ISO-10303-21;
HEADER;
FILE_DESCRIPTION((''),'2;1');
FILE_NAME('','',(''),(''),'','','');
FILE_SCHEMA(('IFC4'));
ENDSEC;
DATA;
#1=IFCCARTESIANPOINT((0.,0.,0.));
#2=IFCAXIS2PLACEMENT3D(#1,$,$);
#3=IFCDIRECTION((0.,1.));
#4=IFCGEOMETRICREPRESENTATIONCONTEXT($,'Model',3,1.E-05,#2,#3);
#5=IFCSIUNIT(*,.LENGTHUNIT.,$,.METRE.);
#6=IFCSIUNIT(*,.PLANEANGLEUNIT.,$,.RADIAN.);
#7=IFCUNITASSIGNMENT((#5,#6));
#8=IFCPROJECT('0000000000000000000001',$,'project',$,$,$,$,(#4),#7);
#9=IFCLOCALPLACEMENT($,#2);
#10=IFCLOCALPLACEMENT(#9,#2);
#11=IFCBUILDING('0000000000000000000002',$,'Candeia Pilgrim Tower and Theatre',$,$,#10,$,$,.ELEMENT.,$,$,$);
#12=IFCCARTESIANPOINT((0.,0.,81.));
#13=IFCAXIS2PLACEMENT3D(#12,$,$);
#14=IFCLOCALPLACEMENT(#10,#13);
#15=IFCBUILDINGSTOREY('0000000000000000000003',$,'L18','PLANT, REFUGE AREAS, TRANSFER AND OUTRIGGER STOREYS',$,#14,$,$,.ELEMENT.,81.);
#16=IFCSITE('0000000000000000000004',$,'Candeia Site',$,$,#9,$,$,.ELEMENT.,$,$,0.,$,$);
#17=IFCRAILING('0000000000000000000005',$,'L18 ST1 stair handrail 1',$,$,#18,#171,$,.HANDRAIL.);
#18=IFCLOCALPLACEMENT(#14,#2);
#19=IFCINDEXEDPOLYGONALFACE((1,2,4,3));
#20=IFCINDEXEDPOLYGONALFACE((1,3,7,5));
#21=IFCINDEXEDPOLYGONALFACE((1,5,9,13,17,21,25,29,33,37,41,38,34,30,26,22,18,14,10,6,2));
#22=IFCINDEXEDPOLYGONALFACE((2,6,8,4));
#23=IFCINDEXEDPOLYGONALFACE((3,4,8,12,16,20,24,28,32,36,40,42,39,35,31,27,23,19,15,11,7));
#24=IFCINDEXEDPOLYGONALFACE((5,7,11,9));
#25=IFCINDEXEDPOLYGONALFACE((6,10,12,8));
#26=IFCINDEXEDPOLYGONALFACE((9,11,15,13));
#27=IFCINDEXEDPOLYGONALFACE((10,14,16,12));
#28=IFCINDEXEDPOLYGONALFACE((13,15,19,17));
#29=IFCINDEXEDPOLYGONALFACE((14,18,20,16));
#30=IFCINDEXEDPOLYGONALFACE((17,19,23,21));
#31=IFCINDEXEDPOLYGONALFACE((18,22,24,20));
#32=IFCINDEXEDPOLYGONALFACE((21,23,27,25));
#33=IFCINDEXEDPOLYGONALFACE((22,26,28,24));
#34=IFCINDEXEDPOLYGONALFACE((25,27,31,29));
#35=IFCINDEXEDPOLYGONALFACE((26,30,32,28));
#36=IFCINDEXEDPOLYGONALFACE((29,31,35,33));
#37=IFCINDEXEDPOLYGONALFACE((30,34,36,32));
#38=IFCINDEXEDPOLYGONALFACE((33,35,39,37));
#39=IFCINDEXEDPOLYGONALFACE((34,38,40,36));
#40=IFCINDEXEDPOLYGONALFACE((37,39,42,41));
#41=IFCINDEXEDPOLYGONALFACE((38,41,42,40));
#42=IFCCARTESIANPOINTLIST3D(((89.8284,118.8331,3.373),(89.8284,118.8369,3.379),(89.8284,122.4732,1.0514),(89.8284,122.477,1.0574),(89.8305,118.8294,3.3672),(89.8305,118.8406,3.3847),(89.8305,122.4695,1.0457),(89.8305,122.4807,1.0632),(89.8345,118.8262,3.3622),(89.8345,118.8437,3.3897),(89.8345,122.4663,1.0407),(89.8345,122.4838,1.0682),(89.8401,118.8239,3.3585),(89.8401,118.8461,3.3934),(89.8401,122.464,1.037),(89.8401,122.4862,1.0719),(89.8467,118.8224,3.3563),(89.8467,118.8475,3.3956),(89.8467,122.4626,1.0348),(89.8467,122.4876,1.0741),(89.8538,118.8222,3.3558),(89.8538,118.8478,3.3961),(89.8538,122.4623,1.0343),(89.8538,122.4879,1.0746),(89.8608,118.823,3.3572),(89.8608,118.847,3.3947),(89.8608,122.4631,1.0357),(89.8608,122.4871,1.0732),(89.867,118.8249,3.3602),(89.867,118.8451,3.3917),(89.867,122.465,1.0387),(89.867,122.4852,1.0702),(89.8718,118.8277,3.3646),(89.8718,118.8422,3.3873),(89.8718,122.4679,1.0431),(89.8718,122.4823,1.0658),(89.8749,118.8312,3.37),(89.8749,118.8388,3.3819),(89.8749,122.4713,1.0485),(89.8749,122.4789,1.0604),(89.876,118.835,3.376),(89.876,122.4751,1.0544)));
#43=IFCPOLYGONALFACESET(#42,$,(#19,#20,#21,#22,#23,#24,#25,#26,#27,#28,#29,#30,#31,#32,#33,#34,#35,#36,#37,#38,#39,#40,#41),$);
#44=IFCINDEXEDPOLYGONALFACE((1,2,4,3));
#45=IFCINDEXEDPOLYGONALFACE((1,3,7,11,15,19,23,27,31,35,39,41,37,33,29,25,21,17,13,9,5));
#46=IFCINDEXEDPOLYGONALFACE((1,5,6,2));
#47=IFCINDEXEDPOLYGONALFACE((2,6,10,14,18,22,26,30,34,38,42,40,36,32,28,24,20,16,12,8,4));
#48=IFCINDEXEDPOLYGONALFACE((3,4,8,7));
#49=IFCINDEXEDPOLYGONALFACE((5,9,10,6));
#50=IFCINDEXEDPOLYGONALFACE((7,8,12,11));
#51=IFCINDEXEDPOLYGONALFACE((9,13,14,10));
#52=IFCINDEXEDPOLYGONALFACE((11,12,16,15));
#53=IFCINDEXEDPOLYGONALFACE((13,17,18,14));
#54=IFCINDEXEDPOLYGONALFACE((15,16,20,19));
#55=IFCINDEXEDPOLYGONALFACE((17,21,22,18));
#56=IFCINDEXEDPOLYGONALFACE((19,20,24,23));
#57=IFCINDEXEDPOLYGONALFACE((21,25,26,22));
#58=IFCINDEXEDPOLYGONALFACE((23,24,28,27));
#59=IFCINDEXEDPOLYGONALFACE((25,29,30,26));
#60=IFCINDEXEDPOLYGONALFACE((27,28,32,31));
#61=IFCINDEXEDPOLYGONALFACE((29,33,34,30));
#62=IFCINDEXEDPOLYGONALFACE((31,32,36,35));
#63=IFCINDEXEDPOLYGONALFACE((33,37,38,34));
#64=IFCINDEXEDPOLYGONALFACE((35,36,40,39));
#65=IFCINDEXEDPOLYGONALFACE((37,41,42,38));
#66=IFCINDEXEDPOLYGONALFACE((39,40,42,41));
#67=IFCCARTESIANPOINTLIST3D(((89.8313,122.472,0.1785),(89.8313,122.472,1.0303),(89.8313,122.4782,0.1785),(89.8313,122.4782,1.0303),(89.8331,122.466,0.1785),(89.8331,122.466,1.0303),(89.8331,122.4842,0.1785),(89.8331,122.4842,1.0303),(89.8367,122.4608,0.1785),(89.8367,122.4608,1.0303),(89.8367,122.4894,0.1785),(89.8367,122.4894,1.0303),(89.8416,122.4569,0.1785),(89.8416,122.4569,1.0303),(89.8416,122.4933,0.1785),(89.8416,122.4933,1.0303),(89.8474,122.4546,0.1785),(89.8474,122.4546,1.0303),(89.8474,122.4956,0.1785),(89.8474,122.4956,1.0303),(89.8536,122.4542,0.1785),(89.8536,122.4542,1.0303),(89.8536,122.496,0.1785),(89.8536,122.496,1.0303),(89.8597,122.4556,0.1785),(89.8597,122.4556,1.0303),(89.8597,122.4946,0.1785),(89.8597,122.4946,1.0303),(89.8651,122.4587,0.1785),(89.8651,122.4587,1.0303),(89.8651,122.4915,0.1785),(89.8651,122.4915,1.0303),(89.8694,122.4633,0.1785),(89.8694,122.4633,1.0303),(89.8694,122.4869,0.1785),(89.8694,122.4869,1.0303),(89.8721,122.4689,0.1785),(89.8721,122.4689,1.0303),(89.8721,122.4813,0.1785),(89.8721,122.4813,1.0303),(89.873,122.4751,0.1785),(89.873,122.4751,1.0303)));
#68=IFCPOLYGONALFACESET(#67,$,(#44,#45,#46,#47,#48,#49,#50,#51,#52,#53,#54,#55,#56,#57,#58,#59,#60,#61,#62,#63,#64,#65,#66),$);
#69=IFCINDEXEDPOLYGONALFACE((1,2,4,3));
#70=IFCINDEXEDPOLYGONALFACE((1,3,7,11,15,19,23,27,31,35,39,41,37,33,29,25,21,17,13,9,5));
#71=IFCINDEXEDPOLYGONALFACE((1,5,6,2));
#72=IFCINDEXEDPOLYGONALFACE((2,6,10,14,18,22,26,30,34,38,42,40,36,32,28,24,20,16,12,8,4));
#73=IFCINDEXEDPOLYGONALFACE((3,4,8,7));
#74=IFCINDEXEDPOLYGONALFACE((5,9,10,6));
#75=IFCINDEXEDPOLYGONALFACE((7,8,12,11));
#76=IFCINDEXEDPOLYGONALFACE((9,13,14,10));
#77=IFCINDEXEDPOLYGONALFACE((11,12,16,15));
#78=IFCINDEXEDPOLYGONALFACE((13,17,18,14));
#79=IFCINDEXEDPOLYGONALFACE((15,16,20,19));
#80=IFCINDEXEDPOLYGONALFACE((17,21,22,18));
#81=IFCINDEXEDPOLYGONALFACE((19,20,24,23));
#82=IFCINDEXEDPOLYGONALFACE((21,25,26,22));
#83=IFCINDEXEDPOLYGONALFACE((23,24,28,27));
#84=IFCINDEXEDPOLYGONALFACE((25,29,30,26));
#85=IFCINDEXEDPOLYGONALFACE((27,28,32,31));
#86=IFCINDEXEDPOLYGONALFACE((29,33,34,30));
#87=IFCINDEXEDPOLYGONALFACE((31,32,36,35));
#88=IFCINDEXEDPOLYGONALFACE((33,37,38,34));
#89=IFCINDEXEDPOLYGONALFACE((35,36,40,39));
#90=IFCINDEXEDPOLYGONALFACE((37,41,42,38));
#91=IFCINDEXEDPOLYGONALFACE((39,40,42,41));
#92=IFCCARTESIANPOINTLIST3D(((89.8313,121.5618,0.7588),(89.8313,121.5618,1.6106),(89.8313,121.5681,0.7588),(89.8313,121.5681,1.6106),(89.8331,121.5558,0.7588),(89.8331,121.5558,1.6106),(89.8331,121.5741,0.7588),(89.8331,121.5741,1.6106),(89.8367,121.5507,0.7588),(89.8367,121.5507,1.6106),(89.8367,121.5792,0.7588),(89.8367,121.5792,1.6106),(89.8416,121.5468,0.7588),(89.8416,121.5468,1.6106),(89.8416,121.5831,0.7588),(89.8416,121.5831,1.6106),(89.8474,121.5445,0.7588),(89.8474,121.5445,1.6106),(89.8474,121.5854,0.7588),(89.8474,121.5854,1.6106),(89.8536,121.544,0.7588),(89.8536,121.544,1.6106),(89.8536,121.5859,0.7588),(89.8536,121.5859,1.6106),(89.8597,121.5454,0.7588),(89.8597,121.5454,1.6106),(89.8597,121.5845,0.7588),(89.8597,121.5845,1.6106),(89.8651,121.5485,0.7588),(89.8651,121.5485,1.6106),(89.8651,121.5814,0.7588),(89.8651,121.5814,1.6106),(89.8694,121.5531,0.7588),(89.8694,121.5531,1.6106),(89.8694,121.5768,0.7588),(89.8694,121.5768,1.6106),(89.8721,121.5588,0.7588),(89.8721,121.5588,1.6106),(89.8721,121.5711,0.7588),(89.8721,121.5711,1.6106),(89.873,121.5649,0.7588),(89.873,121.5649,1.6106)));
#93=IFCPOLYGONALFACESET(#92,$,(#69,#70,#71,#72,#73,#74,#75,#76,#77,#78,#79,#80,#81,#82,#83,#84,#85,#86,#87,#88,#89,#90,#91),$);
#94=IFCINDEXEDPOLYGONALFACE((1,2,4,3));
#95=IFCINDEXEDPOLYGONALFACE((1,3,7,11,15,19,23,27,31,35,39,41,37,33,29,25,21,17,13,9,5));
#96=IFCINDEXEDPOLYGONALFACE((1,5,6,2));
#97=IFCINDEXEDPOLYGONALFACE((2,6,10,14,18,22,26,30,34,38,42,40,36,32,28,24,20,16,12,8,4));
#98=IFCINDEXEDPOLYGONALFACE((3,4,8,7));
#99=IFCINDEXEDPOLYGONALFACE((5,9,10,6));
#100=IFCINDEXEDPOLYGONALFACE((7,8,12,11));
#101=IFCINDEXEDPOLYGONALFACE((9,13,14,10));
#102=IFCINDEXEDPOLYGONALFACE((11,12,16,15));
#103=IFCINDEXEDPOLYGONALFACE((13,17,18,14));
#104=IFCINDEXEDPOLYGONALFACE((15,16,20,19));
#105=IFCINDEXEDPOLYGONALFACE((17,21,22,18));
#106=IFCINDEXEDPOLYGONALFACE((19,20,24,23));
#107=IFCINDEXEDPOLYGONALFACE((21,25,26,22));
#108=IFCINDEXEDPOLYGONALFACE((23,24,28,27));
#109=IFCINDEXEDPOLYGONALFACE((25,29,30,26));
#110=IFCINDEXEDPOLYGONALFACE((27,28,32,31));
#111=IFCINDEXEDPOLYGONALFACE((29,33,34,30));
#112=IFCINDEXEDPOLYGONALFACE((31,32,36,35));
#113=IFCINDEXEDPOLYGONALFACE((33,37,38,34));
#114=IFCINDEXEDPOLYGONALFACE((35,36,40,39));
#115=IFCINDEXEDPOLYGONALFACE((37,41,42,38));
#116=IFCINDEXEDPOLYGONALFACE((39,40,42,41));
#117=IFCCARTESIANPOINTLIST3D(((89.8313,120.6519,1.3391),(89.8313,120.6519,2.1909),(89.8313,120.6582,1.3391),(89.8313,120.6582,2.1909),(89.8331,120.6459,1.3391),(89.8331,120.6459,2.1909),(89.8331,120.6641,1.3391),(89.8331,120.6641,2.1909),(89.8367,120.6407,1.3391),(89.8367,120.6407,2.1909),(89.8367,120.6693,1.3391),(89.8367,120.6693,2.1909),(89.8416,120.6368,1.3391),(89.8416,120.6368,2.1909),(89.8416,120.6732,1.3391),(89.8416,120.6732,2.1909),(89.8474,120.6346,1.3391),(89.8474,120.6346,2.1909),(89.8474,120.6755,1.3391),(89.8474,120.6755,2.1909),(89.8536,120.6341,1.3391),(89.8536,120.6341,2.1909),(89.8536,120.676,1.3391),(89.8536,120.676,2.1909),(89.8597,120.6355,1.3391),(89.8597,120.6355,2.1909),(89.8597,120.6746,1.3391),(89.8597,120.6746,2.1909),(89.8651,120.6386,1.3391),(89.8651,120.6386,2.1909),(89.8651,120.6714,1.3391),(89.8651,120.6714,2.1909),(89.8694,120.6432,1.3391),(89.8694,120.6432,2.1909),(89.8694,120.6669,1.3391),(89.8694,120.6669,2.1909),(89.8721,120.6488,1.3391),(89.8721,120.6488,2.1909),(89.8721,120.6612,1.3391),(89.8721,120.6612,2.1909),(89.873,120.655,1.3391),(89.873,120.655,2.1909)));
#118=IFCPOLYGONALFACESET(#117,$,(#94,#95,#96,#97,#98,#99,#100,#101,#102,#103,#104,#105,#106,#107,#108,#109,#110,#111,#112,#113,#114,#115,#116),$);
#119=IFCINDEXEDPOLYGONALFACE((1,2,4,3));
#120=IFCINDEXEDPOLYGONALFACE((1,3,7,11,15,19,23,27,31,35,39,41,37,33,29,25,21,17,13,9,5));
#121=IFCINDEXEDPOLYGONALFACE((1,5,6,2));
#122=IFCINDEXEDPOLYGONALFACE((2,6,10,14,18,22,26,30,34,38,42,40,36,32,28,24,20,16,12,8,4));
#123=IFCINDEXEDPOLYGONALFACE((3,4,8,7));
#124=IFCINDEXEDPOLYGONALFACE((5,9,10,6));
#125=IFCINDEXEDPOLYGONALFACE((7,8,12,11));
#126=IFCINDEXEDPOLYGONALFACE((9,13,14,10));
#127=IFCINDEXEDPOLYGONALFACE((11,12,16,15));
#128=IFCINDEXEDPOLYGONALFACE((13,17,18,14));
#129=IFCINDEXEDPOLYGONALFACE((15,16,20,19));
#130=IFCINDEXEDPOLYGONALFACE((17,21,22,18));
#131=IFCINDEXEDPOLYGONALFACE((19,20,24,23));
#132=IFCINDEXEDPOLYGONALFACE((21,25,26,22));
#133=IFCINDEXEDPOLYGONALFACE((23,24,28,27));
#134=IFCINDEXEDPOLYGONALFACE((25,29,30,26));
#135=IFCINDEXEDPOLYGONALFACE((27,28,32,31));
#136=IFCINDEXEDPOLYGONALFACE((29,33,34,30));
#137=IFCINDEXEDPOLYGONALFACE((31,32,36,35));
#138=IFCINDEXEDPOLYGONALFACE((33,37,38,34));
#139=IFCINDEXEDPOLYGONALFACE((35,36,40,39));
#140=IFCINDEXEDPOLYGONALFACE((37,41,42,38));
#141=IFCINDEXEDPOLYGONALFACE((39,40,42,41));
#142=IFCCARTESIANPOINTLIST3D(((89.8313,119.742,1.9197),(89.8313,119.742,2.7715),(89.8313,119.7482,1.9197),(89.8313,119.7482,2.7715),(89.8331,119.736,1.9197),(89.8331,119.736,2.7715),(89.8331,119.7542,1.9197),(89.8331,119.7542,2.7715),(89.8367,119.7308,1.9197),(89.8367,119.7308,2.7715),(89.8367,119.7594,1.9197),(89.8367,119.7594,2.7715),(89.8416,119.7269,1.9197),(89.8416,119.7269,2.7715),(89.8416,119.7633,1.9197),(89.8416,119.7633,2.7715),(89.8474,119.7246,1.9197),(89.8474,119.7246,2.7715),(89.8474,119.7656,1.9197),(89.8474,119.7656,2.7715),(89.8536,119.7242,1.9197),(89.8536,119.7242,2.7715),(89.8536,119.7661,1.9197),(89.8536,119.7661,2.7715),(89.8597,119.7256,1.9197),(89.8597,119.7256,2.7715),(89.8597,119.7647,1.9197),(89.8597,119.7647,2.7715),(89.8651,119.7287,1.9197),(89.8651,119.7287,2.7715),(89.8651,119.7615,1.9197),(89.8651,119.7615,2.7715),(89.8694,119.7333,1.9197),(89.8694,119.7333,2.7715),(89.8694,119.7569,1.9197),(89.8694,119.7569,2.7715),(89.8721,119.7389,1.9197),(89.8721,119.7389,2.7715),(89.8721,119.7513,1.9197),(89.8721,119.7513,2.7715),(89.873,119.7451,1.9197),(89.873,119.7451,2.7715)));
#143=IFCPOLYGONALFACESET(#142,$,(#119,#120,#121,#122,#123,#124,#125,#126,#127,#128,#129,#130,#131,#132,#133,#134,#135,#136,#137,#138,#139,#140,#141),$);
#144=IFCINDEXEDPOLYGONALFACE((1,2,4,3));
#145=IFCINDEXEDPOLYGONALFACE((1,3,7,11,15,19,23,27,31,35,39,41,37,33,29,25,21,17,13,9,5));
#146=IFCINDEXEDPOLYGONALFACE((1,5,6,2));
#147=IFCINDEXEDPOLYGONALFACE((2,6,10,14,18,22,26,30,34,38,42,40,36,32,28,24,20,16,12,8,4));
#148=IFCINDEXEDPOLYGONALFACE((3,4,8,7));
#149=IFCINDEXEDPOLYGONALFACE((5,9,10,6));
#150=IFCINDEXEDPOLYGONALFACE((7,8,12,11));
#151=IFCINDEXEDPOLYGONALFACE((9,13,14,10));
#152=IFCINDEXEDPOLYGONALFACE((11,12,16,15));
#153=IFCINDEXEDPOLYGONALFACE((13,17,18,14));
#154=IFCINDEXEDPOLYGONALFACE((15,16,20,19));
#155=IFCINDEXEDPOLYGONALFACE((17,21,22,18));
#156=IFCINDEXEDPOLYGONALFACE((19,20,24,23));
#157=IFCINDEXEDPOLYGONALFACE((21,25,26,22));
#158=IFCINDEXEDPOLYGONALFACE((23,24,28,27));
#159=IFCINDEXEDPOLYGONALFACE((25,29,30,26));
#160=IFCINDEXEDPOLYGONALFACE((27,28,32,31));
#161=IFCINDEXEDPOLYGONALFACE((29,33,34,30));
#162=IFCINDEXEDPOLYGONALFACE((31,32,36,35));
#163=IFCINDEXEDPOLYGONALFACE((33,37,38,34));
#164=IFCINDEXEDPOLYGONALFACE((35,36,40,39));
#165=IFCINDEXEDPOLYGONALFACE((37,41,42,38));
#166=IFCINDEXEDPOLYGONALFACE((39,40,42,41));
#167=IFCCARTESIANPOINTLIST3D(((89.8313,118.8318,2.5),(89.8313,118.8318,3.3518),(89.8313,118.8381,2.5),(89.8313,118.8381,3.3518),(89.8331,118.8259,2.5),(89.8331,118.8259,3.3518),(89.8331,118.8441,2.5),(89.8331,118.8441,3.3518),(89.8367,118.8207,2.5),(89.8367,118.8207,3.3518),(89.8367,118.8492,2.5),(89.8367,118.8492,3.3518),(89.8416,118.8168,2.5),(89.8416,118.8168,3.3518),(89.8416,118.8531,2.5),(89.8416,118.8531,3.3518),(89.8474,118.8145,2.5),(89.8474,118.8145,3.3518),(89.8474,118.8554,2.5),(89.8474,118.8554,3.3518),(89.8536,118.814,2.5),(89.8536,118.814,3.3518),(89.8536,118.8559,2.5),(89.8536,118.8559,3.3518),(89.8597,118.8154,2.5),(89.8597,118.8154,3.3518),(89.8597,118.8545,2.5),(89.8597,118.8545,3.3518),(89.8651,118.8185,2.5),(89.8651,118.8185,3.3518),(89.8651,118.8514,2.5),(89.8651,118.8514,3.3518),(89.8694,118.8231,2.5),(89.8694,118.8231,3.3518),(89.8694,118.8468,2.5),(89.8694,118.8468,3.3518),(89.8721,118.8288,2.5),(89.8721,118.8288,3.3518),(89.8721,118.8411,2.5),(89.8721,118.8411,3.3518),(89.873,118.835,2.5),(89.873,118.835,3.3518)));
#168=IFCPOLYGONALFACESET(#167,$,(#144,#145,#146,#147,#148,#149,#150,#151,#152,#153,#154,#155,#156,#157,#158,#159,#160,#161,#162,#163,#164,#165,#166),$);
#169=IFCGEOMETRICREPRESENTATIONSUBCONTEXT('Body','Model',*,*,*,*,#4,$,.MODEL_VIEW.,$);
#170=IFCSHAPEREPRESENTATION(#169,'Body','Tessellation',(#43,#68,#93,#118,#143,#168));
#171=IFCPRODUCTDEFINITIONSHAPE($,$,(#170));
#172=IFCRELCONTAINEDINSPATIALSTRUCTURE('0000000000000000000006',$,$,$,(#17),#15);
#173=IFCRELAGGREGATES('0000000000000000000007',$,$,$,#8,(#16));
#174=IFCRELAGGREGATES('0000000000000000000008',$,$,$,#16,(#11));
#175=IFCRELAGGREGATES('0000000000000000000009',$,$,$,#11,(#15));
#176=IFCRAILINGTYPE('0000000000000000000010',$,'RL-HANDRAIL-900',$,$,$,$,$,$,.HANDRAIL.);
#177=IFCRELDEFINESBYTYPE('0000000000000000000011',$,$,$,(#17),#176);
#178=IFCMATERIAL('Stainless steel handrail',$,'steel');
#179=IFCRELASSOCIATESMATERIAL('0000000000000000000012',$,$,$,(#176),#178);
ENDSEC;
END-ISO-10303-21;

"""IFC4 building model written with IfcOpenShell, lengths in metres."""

from ifc_helpers import new_model, si_unit, direction, frame, origin, origin_2d, place, context, subcontext, project, spatial, circle, extrude, material, type_object, element, save


model = new_model("IFC4")

# Units and contexts
model_context = context("Model", 3, precision=1e-05, world=origin(), true_north=direction((0.0, 1.0)))
body_context = subcontext(model_context, "Body", "Model", "MODEL_VIEW")
ifc_project = project(units=[si_unit("LENGTHUNIT", "METRE"), si_unit("PLANEANGLEUNIT", "RADIAN")], contexts=[model_context])

# Site, building, storey
site_placement = place(None, origin())
site = spatial("IfcSite", under=ifc_project, at=site_placement, Name="Candeia Site", CompositionType="ELEMENT", RefElevation=0.0)
building_placement = place(site_placement, origin())
building = spatial("IfcBuilding", under=site, at=building_placement, Name="Candeia Pilgrim Tower and Theatre", CompositionType="ELEMENT")
storey_placement = place(building_placement, frame((0.0, 0.0, 81.0)))
storey = spatial("IfcBuildingStorey", under=building, at=storey_placement, Name="L18", Description="PLANT, REFUGE AREAS, TRANSFER AND OUTRIGGER STOREYS", CompositionType="ELEMENT", Elevation=81.0)

# Railing
ifc_material_1 = material(Name="Stainless steel handrail", Category="steel")
railing_type_1 = type_object("IfcRailingType", Name="RL-HANDRAIL-900", PredefinedType="HANDRAIL", material=ifc_material_1)
for number, where, name in (
    (1, (89.8521, 122.4751, 0.1785), "L18 ST1 stair handrail 1"),
):
    element("IfcRailing", number, at=place(storey_placement, frame(where)), inside=storey, type_object=railing_type_1, Name=name, PredefinedType="HANDRAIL", context=body_context, shape_type="SweptSolid", body=[
        extrude(circle(Radius=0.0239, at=origin_2d()), frame((0.0, 0.0, 0.876), z_axis=(0.0, -0.843128, 0.537713), x_axis=(1.0, 0.0, 0.0)), (0.0, 0.0, 1.0), 4.3174),
        extrude(circle(Radius=0.021, at=origin_2d()), origin(), (0.0, 0.0, 1.0), 0.8518),
        extrude(circle(Radius=0.021, at=origin_2d()), frame((0.0, -0.9102, 0.5803)), (0.0, 0.0, 1.0), 0.8518),
        extrude(circle(Radius=0.021, at=origin_2d()), frame((0.0, -1.8201, 1.1606)), (0.0, 0.0, 1.0), 0.8518),
        extrude(circle(Radius=0.021, at=origin_2d()), frame((0.0, -2.73, 1.7412)), (0.0, 0.0, 1.0), 0.8518),
        extrude(circle(Radius=0.021, at=origin_2d()), frame((0.0, -3.6401, 2.3215)), (0.0, 0.0, 1.0), 0.8518),
    ])

save(model, "model.ifc")
